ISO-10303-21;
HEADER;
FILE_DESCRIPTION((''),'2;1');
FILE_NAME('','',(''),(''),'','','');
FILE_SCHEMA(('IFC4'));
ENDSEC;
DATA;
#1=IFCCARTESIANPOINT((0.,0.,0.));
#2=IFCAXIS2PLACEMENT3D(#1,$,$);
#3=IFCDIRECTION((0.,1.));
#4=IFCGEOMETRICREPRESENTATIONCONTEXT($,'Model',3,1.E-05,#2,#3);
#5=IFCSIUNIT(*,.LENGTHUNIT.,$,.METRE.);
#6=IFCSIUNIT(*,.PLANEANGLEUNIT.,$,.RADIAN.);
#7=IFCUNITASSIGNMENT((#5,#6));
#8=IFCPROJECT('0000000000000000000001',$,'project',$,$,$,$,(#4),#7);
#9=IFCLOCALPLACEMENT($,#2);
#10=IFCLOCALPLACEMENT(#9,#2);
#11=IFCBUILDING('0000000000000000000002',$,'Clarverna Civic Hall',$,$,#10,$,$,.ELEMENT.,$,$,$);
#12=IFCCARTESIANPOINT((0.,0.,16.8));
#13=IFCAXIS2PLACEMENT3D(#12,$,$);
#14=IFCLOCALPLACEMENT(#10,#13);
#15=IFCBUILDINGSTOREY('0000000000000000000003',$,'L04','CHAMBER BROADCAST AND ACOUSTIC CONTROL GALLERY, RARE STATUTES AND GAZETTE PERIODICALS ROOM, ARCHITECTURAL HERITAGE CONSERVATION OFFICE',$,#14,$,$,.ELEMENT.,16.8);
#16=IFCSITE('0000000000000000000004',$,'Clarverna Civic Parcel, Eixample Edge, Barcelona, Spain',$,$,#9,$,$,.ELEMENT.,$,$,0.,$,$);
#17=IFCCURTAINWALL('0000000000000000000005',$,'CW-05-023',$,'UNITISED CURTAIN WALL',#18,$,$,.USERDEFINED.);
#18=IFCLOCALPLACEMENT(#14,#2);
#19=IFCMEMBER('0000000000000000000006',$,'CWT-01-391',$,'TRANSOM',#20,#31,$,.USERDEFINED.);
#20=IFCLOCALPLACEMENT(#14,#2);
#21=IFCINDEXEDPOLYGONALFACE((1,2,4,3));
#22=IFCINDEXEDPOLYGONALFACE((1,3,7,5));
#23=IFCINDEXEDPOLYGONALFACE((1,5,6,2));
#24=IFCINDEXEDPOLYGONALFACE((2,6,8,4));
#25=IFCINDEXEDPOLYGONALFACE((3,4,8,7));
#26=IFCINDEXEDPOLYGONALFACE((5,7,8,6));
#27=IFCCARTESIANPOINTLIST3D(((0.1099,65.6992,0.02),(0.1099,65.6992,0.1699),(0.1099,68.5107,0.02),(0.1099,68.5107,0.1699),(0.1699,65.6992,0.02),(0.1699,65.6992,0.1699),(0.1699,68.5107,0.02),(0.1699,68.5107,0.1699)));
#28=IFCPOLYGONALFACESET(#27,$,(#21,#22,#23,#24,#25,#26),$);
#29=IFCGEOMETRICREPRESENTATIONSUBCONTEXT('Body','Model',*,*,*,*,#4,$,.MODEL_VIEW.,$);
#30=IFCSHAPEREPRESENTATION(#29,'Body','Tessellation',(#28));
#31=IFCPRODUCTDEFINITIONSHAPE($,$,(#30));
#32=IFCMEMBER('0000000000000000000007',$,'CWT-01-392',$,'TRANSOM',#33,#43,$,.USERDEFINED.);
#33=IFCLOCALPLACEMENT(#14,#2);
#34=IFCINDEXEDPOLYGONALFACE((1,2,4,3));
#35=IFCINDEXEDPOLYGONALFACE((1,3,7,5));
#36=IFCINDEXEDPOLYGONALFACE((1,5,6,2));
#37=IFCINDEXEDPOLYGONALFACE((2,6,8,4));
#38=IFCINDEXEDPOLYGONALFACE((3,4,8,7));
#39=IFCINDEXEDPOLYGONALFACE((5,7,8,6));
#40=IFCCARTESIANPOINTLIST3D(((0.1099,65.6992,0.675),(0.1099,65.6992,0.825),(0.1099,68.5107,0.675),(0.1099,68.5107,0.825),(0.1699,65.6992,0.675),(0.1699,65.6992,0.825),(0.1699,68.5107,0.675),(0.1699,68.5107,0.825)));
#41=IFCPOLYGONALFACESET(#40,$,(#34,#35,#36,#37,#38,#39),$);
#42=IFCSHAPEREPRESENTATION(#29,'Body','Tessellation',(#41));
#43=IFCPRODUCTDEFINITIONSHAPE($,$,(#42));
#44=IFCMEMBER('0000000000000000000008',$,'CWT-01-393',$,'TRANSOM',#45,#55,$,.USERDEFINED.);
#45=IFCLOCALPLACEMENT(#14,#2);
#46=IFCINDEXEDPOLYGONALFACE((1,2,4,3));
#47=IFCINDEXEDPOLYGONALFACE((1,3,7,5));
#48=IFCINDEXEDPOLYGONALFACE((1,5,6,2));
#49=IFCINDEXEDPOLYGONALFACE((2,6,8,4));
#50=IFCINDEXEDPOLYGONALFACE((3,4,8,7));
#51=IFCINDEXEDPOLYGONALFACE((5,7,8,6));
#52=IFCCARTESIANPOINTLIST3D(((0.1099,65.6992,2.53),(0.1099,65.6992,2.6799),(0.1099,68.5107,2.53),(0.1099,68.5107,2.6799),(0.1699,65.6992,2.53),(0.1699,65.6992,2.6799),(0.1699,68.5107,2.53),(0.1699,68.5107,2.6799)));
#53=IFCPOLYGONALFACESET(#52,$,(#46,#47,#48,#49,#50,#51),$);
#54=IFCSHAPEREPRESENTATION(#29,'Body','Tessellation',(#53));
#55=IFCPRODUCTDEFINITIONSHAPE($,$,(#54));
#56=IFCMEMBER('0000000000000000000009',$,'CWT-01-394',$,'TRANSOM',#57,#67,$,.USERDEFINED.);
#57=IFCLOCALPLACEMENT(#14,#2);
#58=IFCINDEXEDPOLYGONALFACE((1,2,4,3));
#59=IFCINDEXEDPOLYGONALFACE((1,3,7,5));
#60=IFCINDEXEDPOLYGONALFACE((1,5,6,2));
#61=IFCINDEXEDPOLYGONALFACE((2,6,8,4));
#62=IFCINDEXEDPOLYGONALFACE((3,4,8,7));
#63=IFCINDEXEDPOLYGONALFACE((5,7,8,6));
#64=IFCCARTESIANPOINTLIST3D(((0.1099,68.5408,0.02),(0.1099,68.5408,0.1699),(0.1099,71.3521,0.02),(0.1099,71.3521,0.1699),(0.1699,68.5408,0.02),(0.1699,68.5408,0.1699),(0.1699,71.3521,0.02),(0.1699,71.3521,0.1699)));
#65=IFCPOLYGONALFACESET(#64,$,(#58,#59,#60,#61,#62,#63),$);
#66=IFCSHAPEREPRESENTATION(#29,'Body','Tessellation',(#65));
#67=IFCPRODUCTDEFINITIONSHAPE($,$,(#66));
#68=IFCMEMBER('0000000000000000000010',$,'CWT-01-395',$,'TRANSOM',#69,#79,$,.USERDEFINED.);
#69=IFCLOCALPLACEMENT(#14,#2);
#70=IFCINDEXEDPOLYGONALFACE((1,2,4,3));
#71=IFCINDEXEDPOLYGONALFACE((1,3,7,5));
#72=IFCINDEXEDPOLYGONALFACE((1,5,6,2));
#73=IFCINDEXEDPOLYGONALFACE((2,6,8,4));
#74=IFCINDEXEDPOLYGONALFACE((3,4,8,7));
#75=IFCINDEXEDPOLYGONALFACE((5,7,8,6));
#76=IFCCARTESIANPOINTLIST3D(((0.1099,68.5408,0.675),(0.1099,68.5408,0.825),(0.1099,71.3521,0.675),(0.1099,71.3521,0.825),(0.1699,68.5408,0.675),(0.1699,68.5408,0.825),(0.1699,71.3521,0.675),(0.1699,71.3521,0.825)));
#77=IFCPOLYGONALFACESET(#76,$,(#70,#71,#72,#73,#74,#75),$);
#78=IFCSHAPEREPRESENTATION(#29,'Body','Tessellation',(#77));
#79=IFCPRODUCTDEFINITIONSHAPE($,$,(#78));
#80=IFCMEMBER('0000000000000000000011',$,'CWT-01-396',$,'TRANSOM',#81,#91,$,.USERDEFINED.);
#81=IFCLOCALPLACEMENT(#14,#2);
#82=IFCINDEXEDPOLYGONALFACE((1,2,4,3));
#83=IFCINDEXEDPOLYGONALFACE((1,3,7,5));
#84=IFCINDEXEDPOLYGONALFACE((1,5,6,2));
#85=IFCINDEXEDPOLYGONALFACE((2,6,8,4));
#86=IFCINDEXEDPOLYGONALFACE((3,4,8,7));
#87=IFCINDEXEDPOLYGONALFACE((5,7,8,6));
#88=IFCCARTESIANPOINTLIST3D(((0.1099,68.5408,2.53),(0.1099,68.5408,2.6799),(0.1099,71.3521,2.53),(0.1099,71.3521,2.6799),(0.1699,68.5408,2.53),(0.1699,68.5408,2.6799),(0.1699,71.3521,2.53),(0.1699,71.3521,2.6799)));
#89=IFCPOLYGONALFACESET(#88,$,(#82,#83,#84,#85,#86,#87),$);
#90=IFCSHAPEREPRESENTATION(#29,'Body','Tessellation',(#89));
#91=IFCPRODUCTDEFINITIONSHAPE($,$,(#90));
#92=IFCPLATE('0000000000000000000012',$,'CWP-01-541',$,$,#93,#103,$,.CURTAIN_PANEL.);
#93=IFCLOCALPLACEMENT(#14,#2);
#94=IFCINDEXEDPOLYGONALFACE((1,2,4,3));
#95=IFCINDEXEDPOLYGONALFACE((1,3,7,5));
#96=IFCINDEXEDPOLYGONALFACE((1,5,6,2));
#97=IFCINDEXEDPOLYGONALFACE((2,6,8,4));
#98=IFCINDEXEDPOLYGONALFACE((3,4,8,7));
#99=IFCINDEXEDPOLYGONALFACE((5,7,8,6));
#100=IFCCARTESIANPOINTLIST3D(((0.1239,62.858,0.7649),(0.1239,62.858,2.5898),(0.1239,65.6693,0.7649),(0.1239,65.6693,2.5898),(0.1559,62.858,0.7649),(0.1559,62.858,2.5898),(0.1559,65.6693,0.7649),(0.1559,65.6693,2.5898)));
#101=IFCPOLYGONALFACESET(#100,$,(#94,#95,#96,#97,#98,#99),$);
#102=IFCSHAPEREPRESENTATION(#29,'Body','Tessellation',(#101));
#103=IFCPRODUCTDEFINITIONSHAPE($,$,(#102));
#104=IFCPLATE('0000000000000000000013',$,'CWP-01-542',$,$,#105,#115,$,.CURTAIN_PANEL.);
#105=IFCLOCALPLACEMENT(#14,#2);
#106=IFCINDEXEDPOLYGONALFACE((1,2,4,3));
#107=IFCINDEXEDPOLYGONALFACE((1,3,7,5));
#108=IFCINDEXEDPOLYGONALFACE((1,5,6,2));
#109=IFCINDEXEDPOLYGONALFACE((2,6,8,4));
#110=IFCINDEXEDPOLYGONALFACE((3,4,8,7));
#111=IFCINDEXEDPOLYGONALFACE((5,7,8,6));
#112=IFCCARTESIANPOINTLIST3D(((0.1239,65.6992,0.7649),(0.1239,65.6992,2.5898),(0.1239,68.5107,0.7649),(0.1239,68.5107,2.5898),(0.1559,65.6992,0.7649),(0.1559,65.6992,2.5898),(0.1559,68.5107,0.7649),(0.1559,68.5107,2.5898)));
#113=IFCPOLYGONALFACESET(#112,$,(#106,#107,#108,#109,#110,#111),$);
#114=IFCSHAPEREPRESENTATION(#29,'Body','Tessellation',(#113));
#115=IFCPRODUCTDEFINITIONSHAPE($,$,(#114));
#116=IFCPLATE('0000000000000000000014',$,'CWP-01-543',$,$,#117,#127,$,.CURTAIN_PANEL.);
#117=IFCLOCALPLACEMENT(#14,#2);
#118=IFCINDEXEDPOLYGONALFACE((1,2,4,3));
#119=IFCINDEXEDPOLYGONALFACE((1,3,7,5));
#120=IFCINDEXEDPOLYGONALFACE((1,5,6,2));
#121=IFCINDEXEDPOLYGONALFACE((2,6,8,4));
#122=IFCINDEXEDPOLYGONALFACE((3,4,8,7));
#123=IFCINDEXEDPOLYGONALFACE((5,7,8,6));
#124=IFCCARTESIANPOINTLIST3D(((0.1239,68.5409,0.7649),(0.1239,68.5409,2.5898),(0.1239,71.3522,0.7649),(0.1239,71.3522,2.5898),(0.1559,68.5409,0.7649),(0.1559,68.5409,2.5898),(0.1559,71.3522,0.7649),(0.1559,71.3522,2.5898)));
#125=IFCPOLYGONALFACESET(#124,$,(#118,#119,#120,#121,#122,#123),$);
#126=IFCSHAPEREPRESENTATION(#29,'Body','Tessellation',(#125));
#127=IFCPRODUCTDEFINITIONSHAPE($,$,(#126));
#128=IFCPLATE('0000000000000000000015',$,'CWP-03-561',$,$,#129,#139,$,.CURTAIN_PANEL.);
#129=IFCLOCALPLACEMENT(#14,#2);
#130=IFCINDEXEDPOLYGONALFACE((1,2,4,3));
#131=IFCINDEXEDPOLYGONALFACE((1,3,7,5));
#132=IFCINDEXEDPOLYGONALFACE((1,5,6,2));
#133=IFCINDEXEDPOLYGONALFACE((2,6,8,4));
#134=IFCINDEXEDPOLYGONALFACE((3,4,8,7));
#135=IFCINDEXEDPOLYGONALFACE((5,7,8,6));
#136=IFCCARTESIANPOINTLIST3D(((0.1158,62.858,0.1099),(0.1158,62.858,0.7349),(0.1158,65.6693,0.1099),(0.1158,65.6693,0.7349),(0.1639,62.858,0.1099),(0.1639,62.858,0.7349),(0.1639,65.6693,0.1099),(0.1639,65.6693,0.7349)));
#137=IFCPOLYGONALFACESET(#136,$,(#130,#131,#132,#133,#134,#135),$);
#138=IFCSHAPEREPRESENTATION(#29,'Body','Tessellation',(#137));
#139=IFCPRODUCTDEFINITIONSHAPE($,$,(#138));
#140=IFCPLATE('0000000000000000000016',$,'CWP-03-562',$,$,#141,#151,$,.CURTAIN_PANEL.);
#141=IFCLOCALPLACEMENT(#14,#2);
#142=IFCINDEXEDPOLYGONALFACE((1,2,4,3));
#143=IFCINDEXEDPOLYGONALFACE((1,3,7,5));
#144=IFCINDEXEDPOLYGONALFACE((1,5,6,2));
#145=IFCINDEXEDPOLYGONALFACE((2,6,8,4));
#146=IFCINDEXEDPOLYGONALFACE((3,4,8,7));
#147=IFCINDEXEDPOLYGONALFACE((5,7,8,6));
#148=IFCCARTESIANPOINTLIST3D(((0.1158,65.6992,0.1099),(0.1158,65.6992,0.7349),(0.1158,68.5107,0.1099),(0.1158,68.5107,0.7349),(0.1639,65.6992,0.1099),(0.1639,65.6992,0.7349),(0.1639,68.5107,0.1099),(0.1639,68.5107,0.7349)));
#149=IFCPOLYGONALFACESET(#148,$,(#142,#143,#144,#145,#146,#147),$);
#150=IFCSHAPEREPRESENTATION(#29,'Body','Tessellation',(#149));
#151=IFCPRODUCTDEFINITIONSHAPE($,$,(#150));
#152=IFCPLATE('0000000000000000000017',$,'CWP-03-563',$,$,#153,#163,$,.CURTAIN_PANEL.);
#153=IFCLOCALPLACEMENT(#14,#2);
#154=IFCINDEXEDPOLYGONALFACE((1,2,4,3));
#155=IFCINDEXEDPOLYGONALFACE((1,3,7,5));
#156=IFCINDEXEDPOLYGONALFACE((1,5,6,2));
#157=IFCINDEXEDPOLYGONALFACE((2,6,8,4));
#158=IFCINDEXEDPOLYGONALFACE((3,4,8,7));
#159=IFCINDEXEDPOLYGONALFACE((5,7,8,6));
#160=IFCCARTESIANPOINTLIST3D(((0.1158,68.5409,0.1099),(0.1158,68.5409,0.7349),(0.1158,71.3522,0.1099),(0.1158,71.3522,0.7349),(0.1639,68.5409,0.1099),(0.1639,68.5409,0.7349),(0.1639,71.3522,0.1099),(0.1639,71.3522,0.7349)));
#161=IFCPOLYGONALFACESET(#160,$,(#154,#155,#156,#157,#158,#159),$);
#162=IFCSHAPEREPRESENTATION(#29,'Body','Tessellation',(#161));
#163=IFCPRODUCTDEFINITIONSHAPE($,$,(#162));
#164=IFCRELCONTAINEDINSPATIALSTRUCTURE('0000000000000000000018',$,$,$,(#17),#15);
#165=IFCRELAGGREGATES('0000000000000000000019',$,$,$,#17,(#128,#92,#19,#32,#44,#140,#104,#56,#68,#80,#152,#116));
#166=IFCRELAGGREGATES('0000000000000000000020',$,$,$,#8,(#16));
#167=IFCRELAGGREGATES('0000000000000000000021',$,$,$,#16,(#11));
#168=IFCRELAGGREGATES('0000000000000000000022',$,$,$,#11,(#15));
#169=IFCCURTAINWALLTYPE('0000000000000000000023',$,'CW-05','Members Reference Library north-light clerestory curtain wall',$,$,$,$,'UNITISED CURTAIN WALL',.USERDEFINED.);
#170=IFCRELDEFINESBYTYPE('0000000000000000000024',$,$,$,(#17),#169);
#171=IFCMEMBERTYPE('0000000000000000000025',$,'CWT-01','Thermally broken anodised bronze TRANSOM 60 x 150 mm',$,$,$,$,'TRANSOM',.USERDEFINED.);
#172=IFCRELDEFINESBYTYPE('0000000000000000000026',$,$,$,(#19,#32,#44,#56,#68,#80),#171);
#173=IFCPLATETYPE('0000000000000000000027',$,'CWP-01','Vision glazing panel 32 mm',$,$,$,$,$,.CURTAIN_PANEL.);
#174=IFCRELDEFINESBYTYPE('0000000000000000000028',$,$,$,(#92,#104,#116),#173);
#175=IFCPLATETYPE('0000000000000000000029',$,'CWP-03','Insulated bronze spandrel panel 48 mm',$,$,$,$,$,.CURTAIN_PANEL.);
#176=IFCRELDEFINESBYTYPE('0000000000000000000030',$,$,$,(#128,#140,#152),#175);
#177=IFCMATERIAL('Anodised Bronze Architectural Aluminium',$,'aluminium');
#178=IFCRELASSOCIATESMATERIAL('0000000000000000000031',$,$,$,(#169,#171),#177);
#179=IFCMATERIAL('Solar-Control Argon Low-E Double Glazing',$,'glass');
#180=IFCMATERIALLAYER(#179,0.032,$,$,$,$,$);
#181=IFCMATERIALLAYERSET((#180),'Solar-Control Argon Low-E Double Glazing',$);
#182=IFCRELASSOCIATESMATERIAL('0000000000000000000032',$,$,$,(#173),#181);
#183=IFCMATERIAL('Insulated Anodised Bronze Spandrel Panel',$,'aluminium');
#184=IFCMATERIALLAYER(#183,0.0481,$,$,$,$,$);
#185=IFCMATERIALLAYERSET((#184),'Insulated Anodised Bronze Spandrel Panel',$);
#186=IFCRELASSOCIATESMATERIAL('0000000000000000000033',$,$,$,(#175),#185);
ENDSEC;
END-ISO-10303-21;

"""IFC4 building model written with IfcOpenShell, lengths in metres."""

from ifc_helpers import new_model, si_unit, direction, frame, frame_2d, origin, origin_2d, place, context, subcontext, project, spatial, rectangle, extrude, material, layer, layer_set, material_profile, profile_set, type_object, element, aggregate, save


model = new_model("IFC4")

# Units and contexts
model_context = context("Model", 3, precision=1e-05, world=origin(), true_north=direction((0.0, 1.0)))
body_context = subcontext(model_context, "Body", "Model", "MODEL_VIEW")
ifc_project = project(units=[si_unit("LENGTHUNIT", "METRE"), si_unit("PLANEANGLEUNIT", "RADIAN")], contexts=[model_context])

# Site, building, storey
site_placement = place(None, origin())
site = spatial("IfcSite", under=ifc_project, at=site_placement, Name="Clarverna Civic Parcel, Eixample Edge, Barcelona, Spain", CompositionType="ELEMENT", RefElevation=0.0)
building_placement = place(site_placement, origin())
building = spatial("IfcBuilding", under=site, at=building_placement, Name="Clarverna Civic Hall", CompositionType="ELEMENT")
storey_placement = place(building_placement, frame((0.0, 0.0, 16.8)))
storey = spatial("IfcBuildingStorey", under=building, at=storey_placement, Name="L04", Description="CHAMBER BROADCAST AND ACOUSTIC CONTROL GALLERY, RARE STATUTES AND GAZETTE PERIODICALS ROOM, ARCHITECTURAL HERITAGE CONSERVATION OFFICE", CompositionType="ELEMENT", Elevation=16.8)

# Curtain wall, members, plates
ifc_material_1 = material(Name="Anodised Bronze Architectural Aluminium", Category="aluminium")
curtain_wall_type = type_object("IfcCurtainWallType", Name="CW-05", Description="Members Reference Library north-light clerestory curtain wall", ElementType="UNITISED CURTAIN WALL", PredefinedType="USERDEFINED", material=ifc_material_1)
curtain_wall_placement = place(storey_placement, origin())
curtain_wall = element("IfcCurtainWall", 1, at=curtain_wall_placement, inside=storey, type_object=curtain_wall_type, Name="CW-05-023", ObjectType="UNITISED CURTAIN WALL", PredefinedType="USERDEFINED")
ifc_material_profile_1 = material_profile(ifc_material_1, rectangle(XDim=0.0601, YDim=0.1499, at=origin_2d()), Name="BRONZE 60x150")
ifc_profile_set_1 = profile_set([ifc_material_profile_1], Name="Anodised Bronze Architectural Aluminium")
member_type_1 = type_object("IfcMemberType", Name="CWT-01", Description="Thermally broken anodised bronze TRANSOM 60 x 150 mm", ElementType="TRANSOM", PredefinedType="USERDEFINED", material=ifc_profile_set_1)
member_1_placement = place(storey_placement, frame((0.1399, 65.6992, 0.095), z_axis=(0.0, 1.0, 0.0), x_axis=(-1.0, 0.0, 0.0)))
member_1 = element("IfcMember", 2, at=member_1_placement, type_object=member_type_1, Name="CWT-01-391", ObjectType="TRANSOM", PredefinedType="USERDEFINED", context=body_context, shape_type="SweptSolid", body=[
    extrude(rectangle(XDim=0.0601, YDim=0.1499, at=origin_2d()), origin(), (0.0, 0.0, 1.0), 2.8115),
])
member_2_placement = place(storey_placement, frame((0.1399, 65.6992, 0.75), z_axis=(0.0, 1.0, 0.0), x_axis=(-1.0, 0.0, 0.0)))
member_2 = element("IfcMember", 3, at=member_2_placement, type_object=member_type_1, Name="CWT-01-392", ObjectType="TRANSOM", PredefinedType="USERDEFINED", context=body_context, shape_type="SweptSolid", body=[
    extrude(rectangle(XDim=0.0601, YDim=0.1499, at=origin_2d()), origin(), (0.0, 0.0, 1.0), 2.8115),
])
member_3_placement = place(storey_placement, frame((0.1399, 65.6992, 2.605), z_axis=(0.0, 1.0, 0.0), x_axis=(-1.0, 0.0, 0.0)))
member_3 = element("IfcMember", 4, at=member_3_placement, type_object=member_type_1, Name="CWT-01-393", ObjectType="TRANSOM", PredefinedType="USERDEFINED", context=body_context, shape_type="SweptSolid", body=[
    extrude(rectangle(XDim=0.0601, YDim=0.1499, at=origin_2d()), origin(), (0.0, 0.0, 1.0), 2.8115),
])
member_4_placement = place(storey_placement, frame((0.1399, 68.5408, 0.095), z_axis=(0.0, 1.0, 0.0), x_axis=(-1.0, 0.0, 0.0)))
member_4 = element("IfcMember", 5, at=member_4_placement, type_object=member_type_1, Name="CWT-01-394", ObjectType="TRANSOM", PredefinedType="USERDEFINED", context=body_context, shape_type="SweptSolid", body=[
    extrude(rectangle(XDim=0.0601, YDim=0.1499, at=origin_2d()), origin(), (0.0, 0.0, 1.0), 2.8113),
])
member_5_placement = place(storey_placement, frame((0.1399, 68.5408, 0.75), z_axis=(0.0, 1.0, 0.0), x_axis=(-1.0, 0.0, 0.0)))
member_5 = element("IfcMember", 6, at=member_5_placement, type_object=member_type_1, Name="CWT-01-395", ObjectType="TRANSOM", PredefinedType="USERDEFINED", context=body_context, shape_type="SweptSolid", body=[
    extrude(rectangle(XDim=0.0601, YDim=0.1499, at=origin_2d()), origin(), (0.0, 0.0, 1.0), 2.8113),
])
member_6_placement = place(storey_placement, frame((0.1399, 68.5408, 2.605), z_axis=(0.0, 1.0, 0.0), x_axis=(-1.0, 0.0, 0.0)))
member_6 = element("IfcMember", 7, at=member_6_placement, type_object=member_type_1, Name="CWT-01-396", ObjectType="TRANSOM", PredefinedType="USERDEFINED", context=body_context, shape_type="SweptSolid", body=[
    extrude(rectangle(XDim=0.0601, YDim=0.1499, at=origin_2d()), origin(), (0.0, 0.0, 1.0), 2.8113),
])
ifc_material_2 = material(Name="Solar-Control Argon Low-E Double Glazing", Category="glass")
ifc_layer_1 = layer(ifc_material_2, 0.032)
ifc_layer_set_1 = layer_set([ifc_layer_1], Name="Solar-Control Argon Low-E Double Glazing")
plate_type_1 = type_object("IfcPlateType", Name="CWP-01", Description="Vision glazing panel 32 mm", PredefinedType="CURTAIN_PANEL", material=ifc_layer_set_1)
plate_1_placement = place(storey_placement, frame((0.1399, 62.8579, 0.7649), z_axis=(0.0, 0.0, 1.0), x_axis=(0.0, 1.0, 0.0)))
plate_1 = element("IfcPlate", 8, at=plate_1_placement, type_object=plate_type_1, Name="CWP-01-541", PredefinedType="CURTAIN_PANEL", context=body_context, shape_type="SweptSolid", body=[
    extrude(rectangle(XDim=2.8113, YDim=0.032, at=frame_2d((1.4058, 0.0))), origin(), (0.0, 0.0, 1.0), 1.825),
])
plate_2_placement = place(storey_placement, frame((0.1399, 65.6992, 0.7649), z_axis=(0.0, 0.0, 1.0), x_axis=(0.0, 1.0, 0.0)))
plate_2 = element("IfcPlate", 9, at=plate_2_placement, type_object=plate_type_1, Name="CWP-01-542", PredefinedType="CURTAIN_PANEL", context=body_context, shape_type="SweptSolid", body=[
    extrude(rectangle(XDim=2.8115, YDim=0.032, at=frame_2d((1.4058, 0.0))), origin(), (0.0, 0.0, 1.0), 1.825),
])
plate_3_placement = place(storey_placement, frame((0.1399, 68.5408, 0.7649), z_axis=(0.0, 0.0, 1.0), x_axis=(0.0, 1.0, 0.0)))
plate_3 = element("IfcPlate", 10, at=plate_3_placement, type_object=plate_type_1, Name="CWP-01-543", PredefinedType="CURTAIN_PANEL", context=body_context, shape_type="SweptSolid", body=[
    extrude(rectangle(XDim=2.8113, YDim=0.032, at=frame_2d((1.4058, 0.0))), origin(), (0.0, 0.0, 1.0), 1.825),
])
ifc_material_3 = material(Name="Insulated Anodised Bronze Spandrel Panel", Category="aluminium")
ifc_layer_2 = layer(ifc_material_3, 0.0481)
ifc_layer_set_2 = layer_set([ifc_layer_2], Name="Insulated Anodised Bronze Spandrel Panel")
plate_type_2 = type_object("IfcPlateType", Name="CWP-03", Description="Insulated bronze spandrel panel 48 mm", PredefinedType="CURTAIN_PANEL", material=ifc_layer_set_2)
plate_4_placement = place(storey_placement, frame((0.1399, 62.8579, 0.1099), z_axis=(0.0, 0.0, 1.0), x_axis=(0.0, 1.0, 0.0)))
plate_4 = element("IfcPlate", 11, at=plate_4_placement, type_object=plate_type_2, Name="CWP-03-561", PredefinedType="CURTAIN_PANEL", context=body_context, shape_type="SweptSolid", body=[
    extrude(rectangle(XDim=2.8113, YDim=0.0481, at=frame_2d((1.4058, 0.0))), origin(), (0.0, 0.0, 1.0), 0.625),
])
plate_5_placement = place(storey_placement, frame((0.1399, 65.6992, 0.1099), z_axis=(0.0, 0.0, 1.0), x_axis=(0.0, 1.0, 0.0)))
plate_5 = element("IfcPlate", 12, at=plate_5_placement, type_object=plate_type_2, Name="CWP-03-562", PredefinedType="CURTAIN_PANEL", context=body_context, shape_type="SweptSolid", body=[
    extrude(rectangle(XDim=2.8115, YDim=0.0481, at=frame_2d((1.4058, 0.0))), origin(), (0.0, 0.0, 1.0), 0.625),
])
plate_6_placement = place(storey_placement, frame((0.1399, 68.5408, 0.1099), z_axis=(0.0, 0.0, 1.0), x_axis=(0.0, 1.0, 0.0)))
plate_6 = element("IfcPlate", 13, at=plate_6_placement, type_object=plate_type_2, Name="CWP-03-563", PredefinedType="CURTAIN_PANEL", context=body_context, shape_type="SweptSolid", body=[
    extrude(rectangle(XDim=2.8113, YDim=0.0481, at=frame_2d((1.4058, 0.0))), origin(), (0.0, 0.0, 1.0), 0.625),
])
aggregate(curtain_wall, [plate_4, plate_1, member_1, member_2, member_3, plate_5, plate_2, member_4, member_5, member_6, plate_6, plate_3])

save(model, "model.ifc")
